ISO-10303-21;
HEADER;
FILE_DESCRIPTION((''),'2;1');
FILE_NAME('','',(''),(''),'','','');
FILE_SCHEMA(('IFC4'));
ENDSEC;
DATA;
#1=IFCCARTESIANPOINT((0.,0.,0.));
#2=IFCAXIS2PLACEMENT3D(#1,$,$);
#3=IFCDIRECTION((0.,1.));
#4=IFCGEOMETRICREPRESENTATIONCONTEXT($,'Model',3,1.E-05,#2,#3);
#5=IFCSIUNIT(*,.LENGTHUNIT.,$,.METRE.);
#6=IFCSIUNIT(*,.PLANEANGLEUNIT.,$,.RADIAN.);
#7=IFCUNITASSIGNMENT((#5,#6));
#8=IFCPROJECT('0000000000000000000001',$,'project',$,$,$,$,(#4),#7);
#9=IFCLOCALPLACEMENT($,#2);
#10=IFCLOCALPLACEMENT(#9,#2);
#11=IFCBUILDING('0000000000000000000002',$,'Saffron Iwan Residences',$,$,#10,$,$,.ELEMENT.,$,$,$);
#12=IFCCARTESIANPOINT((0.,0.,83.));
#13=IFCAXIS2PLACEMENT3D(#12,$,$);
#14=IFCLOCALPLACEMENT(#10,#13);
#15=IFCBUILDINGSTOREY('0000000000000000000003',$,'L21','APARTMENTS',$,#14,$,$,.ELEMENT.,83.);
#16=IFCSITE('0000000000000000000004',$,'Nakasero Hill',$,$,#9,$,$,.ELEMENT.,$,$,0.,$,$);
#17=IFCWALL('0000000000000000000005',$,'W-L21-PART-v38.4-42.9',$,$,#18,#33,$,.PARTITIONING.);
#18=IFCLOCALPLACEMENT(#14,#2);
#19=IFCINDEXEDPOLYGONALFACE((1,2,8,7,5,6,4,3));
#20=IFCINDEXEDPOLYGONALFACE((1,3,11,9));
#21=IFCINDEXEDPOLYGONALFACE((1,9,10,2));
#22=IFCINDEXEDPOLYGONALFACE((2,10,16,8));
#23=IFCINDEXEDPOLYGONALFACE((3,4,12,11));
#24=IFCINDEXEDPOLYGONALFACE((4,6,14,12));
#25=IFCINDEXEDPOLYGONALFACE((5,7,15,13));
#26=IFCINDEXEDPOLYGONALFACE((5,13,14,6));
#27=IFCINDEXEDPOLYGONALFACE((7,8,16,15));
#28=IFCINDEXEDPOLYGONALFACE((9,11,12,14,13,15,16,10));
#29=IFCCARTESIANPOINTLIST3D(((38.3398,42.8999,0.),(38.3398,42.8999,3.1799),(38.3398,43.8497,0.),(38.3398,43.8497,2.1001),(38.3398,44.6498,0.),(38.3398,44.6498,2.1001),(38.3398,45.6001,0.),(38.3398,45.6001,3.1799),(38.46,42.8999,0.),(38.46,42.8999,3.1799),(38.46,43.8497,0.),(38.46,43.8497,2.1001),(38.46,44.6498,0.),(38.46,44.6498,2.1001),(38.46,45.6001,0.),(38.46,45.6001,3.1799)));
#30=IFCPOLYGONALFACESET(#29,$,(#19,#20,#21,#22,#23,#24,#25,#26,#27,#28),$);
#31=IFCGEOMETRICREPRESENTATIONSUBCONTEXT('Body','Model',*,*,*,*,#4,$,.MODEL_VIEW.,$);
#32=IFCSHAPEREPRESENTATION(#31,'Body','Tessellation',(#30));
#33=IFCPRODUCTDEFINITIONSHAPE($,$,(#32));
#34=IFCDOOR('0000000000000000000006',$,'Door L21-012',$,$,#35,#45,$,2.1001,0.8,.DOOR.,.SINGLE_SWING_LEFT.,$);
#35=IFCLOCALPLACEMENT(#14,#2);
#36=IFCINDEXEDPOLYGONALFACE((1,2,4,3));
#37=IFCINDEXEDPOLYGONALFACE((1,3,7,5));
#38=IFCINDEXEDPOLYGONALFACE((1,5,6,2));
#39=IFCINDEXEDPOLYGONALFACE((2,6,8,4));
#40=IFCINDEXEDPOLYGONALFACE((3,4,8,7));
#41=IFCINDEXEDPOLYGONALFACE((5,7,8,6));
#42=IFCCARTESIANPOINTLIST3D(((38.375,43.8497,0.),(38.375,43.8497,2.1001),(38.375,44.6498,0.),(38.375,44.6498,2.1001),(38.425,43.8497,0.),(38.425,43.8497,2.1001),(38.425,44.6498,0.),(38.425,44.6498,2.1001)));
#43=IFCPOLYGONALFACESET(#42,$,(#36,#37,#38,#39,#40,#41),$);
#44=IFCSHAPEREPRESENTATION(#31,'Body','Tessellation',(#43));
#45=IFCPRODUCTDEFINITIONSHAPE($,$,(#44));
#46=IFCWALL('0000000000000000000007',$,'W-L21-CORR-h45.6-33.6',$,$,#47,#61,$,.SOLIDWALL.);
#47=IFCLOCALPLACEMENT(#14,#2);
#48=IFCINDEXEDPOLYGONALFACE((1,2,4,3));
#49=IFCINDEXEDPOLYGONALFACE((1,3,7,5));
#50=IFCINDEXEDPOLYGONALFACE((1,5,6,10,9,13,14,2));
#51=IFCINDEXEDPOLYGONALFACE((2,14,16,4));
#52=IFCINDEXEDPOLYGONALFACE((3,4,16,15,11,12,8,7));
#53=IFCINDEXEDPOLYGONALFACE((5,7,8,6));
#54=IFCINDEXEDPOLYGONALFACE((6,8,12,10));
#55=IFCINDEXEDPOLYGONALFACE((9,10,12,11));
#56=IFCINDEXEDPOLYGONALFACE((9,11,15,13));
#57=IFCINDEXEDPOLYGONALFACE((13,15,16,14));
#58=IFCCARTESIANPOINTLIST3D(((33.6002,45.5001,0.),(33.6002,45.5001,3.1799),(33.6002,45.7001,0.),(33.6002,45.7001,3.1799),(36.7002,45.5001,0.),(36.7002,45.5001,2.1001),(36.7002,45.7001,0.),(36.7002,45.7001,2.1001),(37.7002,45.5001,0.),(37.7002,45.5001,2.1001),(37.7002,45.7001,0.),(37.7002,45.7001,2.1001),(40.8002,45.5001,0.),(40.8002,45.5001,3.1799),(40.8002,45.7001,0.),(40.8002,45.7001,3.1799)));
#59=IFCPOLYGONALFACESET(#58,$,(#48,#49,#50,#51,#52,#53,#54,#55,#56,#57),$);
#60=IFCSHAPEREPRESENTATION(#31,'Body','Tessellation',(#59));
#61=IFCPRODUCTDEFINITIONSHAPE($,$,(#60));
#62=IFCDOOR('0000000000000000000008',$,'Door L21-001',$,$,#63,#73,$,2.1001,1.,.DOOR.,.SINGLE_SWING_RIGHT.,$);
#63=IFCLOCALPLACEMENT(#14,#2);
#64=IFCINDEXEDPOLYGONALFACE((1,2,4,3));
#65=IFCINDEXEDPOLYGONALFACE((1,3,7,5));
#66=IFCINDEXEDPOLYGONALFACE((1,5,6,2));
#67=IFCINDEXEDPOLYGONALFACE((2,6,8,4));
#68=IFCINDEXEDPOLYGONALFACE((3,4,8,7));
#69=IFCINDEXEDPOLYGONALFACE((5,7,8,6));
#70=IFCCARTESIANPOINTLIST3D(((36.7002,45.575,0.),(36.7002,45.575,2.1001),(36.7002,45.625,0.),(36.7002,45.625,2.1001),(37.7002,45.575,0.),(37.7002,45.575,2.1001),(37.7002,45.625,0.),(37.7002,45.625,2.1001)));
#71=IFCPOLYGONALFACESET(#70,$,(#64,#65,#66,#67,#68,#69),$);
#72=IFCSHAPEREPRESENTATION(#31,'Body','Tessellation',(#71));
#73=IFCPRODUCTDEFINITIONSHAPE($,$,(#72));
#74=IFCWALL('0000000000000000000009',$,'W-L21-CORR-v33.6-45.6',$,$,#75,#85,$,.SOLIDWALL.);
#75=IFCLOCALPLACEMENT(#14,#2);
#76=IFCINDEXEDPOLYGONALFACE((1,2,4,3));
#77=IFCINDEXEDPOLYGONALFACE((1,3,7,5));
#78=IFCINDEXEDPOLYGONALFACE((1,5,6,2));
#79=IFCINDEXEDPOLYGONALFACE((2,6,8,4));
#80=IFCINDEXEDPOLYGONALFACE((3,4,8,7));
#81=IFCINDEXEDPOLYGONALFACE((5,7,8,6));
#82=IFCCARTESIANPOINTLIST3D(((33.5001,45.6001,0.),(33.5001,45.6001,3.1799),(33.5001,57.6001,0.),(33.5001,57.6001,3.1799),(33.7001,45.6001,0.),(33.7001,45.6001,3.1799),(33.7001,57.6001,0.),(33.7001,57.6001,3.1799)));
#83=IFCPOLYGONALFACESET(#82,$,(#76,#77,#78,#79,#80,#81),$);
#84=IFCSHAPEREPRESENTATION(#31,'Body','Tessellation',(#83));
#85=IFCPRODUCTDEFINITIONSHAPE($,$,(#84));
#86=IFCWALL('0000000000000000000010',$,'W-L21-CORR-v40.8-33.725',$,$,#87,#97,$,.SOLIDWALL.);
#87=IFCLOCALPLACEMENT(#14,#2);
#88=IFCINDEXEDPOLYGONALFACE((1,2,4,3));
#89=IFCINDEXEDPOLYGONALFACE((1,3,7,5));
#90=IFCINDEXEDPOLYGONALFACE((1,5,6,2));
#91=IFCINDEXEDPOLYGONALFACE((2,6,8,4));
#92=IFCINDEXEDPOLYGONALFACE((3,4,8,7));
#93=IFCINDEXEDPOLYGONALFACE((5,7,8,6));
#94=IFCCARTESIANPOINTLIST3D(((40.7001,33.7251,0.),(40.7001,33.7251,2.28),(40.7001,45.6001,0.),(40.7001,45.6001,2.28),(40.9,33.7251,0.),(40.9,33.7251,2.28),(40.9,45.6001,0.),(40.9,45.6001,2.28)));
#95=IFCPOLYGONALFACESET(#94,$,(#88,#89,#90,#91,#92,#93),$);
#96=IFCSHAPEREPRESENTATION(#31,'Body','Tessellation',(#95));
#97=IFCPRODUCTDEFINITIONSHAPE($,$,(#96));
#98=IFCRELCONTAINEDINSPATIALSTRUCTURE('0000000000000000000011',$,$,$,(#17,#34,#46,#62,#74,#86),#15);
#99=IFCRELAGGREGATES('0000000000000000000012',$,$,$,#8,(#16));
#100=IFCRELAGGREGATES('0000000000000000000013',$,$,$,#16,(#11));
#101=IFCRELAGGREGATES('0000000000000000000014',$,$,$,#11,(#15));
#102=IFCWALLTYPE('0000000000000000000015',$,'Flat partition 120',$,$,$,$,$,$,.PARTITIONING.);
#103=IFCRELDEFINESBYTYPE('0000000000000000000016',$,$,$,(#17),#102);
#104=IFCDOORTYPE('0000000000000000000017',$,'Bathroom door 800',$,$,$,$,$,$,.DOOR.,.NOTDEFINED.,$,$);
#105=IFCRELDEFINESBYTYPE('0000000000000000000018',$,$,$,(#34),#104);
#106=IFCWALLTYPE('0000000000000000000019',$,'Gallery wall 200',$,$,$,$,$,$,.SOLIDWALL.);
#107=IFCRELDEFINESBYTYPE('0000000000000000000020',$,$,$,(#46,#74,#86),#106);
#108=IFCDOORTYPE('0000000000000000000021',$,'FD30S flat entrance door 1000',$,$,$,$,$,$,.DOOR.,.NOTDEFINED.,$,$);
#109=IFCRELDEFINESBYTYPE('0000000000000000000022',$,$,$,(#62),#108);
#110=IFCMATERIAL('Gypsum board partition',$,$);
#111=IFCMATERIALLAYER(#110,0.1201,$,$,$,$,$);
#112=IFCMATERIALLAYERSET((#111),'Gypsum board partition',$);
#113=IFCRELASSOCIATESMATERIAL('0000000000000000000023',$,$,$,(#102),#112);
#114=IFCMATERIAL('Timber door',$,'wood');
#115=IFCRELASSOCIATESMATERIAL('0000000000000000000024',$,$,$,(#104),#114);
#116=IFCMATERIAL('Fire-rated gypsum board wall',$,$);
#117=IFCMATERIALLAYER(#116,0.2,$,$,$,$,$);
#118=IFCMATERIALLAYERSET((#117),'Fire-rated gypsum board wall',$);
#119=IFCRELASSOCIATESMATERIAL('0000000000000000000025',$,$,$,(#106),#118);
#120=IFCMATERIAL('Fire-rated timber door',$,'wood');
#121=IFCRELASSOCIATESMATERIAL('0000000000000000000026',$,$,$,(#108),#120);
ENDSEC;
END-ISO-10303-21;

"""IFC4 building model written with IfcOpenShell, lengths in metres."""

from ifc_helpers import new_model, si_unit, direction, frame, frame_2d, origin, place, context, subcontext, project, spatial, rectangle, extrude, material, layer, layer_set, type_object, element, fill, save


model = new_model("IFC4")

# Units and contexts
model_context = context("Model", 3, precision=1e-05, world=origin(), true_north=direction((0.0, 1.0)))
body_context = subcontext(model_context, "Body", "Model", "MODEL_VIEW")
ifc_project = project(units=[si_unit("LENGTHUNIT", "METRE"), si_unit("PLANEANGLEUNIT", "RADIAN")], contexts=[model_context])

# Site, building, storey
site_placement = place(None, origin())
site = spatial("IfcSite", under=ifc_project, at=site_placement, Name="Nakasero Hill", CompositionType="ELEMENT", RefElevation=0.0)
building_placement = place(site_placement, origin())
building = spatial("IfcBuilding", under=site, at=building_placement, Name="Saffron Iwan Residences", CompositionType="ELEMENT")
storey_placement = place(building_placement, frame((0.0, 0.0, 83.0)))
storey = spatial("IfcBuildingStorey", under=building, at=storey_placement, Name="L21", Description="APARTMENTS", CompositionType="ELEMENT", Elevation=83.0)

# Shared definitions
ifc_material_1 = material(Name="Gypsum board partition")
ifc_layer_1 = layer(ifc_material_1, 0.1201)
ifc_layer_set_1 = layer_set([ifc_layer_1], Name="Gypsum board partition")
wall_type_1 = type_object("IfcWallType", Name="Flat partition 120", PredefinedType="PARTITIONING", material=ifc_layer_set_1)
ifc_material_2 = material(Name="Timber door", Category="wood")

# Walls, openings, doors
wall_1_placement = place(storey_placement, frame((38.3999, 42.8999, 0.0), z_axis=(0.0, 0.0, 1.0), x_axis=(0.0, 1.0, 0.0)))
wall_1 = element("IfcWall", 1, at=wall_1_placement, inside=storey, type_object=wall_type_1, Name="W-L21-PART-v38.4-42.9", PredefinedType="PARTITIONING", context=body_context, shape_type="SweptSolid", body=[
    extrude(rectangle(XDim=2.7002, YDim=0.1201, at=frame_2d((1.3501, 0.0))), origin(), (0.0, 0.0, 1.0), 3.1799),
])
opening_1_placement = place(wall_1_placement, frame((0.95, 0.0, 0.0)))
opening_1 = element("IfcOpeningElement", 2, at=opening_1_placement, cuts=wall_1, PredefinedType="OPENING", context=body_context, shape_type="SweptSolid", body=[
    extrude(rectangle(XDim=0.8, YDim=2.1001, at=frame_2d((0.3999, 1.05))), frame((0.0, 0.0701, 0.0), z_axis=(0.0, -1.0, 0.0), x_axis=(1.0, 0.0, 0.0)), (0.0, 0.0, 1.0), 0.1401),
])
door_type_1 = type_object("IfcDoorType", Name="Bathroom door 800", OperationType="NOTDEFINED", PredefinedType="DOOR", material=ifc_material_2)
door_1_placement = place(opening_1_placement, origin())
door_1 = element("IfcDoor", 3, at=door_1_placement, inside=storey, type_object=door_type_1, Name="Door L21-012", OperationType="SINGLE_SWING_LEFT", OverallHeight=2.1001, OverallWidth=0.8, PredefinedType="DOOR", context=body_context, shape_type="SweptSolid", body=[
    extrude(rectangle(XDim=0.8, YDim=2.1001, at=frame_2d((0.3999, 1.05))), frame((0.0, 0.0249, 0.0), z_axis=(0.0, -1.0, 0.0), x_axis=(1.0, 0.0, 0.0)), (0.0, 0.0, 1.0), 0.05),
])
fill(opening_1, door_1)
ifc_material_3 = material(Name="Fire-rated gypsum board wall")
ifc_layer_2 = layer(ifc_material_3, 0.2)
ifc_layer_set_2 = layer_set([ifc_layer_2], Name="Fire-rated gypsum board wall")
wall_type_2 = type_object("IfcWallType", Name="Gallery wall 200", PredefinedType="SOLIDWALL", material=ifc_layer_set_2)
wall_2_placement = place(storey_placement, frame((33.6001, 45.6001, 0.0), z_axis=(0.0, 0.0, 1.0), x_axis=(1.0, 0.0, 0.0)))
wall_2 = element("IfcWall", 4, at=wall_2_placement, inside=storey, type_object=wall_type_2, Name="W-L21-CORR-h45.6-33.6", PredefinedType="SOLIDWALL", context=body_context, shape_type="SweptSolid", body=[
    extrude(rectangle(XDim=7.2, YDim=0.2, at=frame_2d((3.6001, 0.0))), origin(), (0.0, 0.0, 1.0), 3.1799),
])
opening_2_placement = place(wall_2_placement, frame((3.1001, 0.0, 0.0)))
opening_2 = element("IfcOpeningElement", 5, at=opening_2_placement, cuts=wall_2, PredefinedType="OPENING", context=body_context, shape_type="SweptSolid", body=[
    extrude(rectangle(XDim=1.0, YDim=2.1001, at=frame_2d((0.5, 1.05))), frame((0.0, 0.1099, 0.0), z_axis=(0.0, -1.0, 0.0), x_axis=(1.0, 0.0, 0.0)), (0.0, 0.0, 1.0), 0.22),
])
ifc_material_4 = material(Name="Fire-rated timber door", Category="wood")
door_type_2 = type_object("IfcDoorType", Name="FD30S flat entrance door 1000", OperationType="NOTDEFINED", PredefinedType="DOOR", material=ifc_material_4)
door_2_placement = place(opening_2_placement, origin())
door_2 = element("IfcDoor", 6, at=door_2_placement, inside=storey, type_object=door_type_2, Name="Door L21-001", OperationType="SINGLE_SWING_RIGHT", OverallHeight=2.1001, OverallWidth=1.0, PredefinedType="DOOR", context=body_context, shape_type="SweptSolid", body=[
    extrude(rectangle(XDim=1.0, YDim=2.1001, at=frame_2d((0.5, 1.05))), frame((0.0, 0.0249, 0.0), z_axis=(0.0, -1.0, 0.0), x_axis=(1.0, 0.0, 0.0)), (0.0, 0.0, 1.0), 0.05),
])
fill(opening_2, door_2)

# Walls
wall_3_placement = place(storey_placement, frame((33.6001, 45.6001, 0.0), z_axis=(0.0, 0.0, 1.0), x_axis=(0.0, 1.0, 0.0)))
element("IfcWall", 7, at=wall_3_placement, inside=storey, type_object=wall_type_2, Name="W-L21-CORR-v33.6-45.6", PredefinedType="SOLIDWALL", context=body_context, shape_type="SweptSolid", body=[
    extrude(rectangle(XDim=12.0, YDim=0.2, at=frame_2d((6.0, 0.0))), origin(), (0.0, 0.0, 1.0), 3.1799),
])
wall_4_placement = place(storey_placement, frame((40.8, 33.7251, 0.0), z_axis=(0.0, 0.0, 1.0), x_axis=(0.0, 1.0, 0.0)))
element("IfcWall", 8, at=wall_4_placement, inside=storey, type_object=wall_type_2, Name="W-L21-CORR-v40.8-33.725", PredefinedType="SOLIDWALL", context=body_context, shape_type="SweptSolid", body=[
    extrude(rectangle(XDim=11.875, YDim=0.2, at=frame_2d((5.9375, 0.0))), origin(), (0.0, 0.0, 1.0), 2.28),
])

save(model, "model.ifc")
